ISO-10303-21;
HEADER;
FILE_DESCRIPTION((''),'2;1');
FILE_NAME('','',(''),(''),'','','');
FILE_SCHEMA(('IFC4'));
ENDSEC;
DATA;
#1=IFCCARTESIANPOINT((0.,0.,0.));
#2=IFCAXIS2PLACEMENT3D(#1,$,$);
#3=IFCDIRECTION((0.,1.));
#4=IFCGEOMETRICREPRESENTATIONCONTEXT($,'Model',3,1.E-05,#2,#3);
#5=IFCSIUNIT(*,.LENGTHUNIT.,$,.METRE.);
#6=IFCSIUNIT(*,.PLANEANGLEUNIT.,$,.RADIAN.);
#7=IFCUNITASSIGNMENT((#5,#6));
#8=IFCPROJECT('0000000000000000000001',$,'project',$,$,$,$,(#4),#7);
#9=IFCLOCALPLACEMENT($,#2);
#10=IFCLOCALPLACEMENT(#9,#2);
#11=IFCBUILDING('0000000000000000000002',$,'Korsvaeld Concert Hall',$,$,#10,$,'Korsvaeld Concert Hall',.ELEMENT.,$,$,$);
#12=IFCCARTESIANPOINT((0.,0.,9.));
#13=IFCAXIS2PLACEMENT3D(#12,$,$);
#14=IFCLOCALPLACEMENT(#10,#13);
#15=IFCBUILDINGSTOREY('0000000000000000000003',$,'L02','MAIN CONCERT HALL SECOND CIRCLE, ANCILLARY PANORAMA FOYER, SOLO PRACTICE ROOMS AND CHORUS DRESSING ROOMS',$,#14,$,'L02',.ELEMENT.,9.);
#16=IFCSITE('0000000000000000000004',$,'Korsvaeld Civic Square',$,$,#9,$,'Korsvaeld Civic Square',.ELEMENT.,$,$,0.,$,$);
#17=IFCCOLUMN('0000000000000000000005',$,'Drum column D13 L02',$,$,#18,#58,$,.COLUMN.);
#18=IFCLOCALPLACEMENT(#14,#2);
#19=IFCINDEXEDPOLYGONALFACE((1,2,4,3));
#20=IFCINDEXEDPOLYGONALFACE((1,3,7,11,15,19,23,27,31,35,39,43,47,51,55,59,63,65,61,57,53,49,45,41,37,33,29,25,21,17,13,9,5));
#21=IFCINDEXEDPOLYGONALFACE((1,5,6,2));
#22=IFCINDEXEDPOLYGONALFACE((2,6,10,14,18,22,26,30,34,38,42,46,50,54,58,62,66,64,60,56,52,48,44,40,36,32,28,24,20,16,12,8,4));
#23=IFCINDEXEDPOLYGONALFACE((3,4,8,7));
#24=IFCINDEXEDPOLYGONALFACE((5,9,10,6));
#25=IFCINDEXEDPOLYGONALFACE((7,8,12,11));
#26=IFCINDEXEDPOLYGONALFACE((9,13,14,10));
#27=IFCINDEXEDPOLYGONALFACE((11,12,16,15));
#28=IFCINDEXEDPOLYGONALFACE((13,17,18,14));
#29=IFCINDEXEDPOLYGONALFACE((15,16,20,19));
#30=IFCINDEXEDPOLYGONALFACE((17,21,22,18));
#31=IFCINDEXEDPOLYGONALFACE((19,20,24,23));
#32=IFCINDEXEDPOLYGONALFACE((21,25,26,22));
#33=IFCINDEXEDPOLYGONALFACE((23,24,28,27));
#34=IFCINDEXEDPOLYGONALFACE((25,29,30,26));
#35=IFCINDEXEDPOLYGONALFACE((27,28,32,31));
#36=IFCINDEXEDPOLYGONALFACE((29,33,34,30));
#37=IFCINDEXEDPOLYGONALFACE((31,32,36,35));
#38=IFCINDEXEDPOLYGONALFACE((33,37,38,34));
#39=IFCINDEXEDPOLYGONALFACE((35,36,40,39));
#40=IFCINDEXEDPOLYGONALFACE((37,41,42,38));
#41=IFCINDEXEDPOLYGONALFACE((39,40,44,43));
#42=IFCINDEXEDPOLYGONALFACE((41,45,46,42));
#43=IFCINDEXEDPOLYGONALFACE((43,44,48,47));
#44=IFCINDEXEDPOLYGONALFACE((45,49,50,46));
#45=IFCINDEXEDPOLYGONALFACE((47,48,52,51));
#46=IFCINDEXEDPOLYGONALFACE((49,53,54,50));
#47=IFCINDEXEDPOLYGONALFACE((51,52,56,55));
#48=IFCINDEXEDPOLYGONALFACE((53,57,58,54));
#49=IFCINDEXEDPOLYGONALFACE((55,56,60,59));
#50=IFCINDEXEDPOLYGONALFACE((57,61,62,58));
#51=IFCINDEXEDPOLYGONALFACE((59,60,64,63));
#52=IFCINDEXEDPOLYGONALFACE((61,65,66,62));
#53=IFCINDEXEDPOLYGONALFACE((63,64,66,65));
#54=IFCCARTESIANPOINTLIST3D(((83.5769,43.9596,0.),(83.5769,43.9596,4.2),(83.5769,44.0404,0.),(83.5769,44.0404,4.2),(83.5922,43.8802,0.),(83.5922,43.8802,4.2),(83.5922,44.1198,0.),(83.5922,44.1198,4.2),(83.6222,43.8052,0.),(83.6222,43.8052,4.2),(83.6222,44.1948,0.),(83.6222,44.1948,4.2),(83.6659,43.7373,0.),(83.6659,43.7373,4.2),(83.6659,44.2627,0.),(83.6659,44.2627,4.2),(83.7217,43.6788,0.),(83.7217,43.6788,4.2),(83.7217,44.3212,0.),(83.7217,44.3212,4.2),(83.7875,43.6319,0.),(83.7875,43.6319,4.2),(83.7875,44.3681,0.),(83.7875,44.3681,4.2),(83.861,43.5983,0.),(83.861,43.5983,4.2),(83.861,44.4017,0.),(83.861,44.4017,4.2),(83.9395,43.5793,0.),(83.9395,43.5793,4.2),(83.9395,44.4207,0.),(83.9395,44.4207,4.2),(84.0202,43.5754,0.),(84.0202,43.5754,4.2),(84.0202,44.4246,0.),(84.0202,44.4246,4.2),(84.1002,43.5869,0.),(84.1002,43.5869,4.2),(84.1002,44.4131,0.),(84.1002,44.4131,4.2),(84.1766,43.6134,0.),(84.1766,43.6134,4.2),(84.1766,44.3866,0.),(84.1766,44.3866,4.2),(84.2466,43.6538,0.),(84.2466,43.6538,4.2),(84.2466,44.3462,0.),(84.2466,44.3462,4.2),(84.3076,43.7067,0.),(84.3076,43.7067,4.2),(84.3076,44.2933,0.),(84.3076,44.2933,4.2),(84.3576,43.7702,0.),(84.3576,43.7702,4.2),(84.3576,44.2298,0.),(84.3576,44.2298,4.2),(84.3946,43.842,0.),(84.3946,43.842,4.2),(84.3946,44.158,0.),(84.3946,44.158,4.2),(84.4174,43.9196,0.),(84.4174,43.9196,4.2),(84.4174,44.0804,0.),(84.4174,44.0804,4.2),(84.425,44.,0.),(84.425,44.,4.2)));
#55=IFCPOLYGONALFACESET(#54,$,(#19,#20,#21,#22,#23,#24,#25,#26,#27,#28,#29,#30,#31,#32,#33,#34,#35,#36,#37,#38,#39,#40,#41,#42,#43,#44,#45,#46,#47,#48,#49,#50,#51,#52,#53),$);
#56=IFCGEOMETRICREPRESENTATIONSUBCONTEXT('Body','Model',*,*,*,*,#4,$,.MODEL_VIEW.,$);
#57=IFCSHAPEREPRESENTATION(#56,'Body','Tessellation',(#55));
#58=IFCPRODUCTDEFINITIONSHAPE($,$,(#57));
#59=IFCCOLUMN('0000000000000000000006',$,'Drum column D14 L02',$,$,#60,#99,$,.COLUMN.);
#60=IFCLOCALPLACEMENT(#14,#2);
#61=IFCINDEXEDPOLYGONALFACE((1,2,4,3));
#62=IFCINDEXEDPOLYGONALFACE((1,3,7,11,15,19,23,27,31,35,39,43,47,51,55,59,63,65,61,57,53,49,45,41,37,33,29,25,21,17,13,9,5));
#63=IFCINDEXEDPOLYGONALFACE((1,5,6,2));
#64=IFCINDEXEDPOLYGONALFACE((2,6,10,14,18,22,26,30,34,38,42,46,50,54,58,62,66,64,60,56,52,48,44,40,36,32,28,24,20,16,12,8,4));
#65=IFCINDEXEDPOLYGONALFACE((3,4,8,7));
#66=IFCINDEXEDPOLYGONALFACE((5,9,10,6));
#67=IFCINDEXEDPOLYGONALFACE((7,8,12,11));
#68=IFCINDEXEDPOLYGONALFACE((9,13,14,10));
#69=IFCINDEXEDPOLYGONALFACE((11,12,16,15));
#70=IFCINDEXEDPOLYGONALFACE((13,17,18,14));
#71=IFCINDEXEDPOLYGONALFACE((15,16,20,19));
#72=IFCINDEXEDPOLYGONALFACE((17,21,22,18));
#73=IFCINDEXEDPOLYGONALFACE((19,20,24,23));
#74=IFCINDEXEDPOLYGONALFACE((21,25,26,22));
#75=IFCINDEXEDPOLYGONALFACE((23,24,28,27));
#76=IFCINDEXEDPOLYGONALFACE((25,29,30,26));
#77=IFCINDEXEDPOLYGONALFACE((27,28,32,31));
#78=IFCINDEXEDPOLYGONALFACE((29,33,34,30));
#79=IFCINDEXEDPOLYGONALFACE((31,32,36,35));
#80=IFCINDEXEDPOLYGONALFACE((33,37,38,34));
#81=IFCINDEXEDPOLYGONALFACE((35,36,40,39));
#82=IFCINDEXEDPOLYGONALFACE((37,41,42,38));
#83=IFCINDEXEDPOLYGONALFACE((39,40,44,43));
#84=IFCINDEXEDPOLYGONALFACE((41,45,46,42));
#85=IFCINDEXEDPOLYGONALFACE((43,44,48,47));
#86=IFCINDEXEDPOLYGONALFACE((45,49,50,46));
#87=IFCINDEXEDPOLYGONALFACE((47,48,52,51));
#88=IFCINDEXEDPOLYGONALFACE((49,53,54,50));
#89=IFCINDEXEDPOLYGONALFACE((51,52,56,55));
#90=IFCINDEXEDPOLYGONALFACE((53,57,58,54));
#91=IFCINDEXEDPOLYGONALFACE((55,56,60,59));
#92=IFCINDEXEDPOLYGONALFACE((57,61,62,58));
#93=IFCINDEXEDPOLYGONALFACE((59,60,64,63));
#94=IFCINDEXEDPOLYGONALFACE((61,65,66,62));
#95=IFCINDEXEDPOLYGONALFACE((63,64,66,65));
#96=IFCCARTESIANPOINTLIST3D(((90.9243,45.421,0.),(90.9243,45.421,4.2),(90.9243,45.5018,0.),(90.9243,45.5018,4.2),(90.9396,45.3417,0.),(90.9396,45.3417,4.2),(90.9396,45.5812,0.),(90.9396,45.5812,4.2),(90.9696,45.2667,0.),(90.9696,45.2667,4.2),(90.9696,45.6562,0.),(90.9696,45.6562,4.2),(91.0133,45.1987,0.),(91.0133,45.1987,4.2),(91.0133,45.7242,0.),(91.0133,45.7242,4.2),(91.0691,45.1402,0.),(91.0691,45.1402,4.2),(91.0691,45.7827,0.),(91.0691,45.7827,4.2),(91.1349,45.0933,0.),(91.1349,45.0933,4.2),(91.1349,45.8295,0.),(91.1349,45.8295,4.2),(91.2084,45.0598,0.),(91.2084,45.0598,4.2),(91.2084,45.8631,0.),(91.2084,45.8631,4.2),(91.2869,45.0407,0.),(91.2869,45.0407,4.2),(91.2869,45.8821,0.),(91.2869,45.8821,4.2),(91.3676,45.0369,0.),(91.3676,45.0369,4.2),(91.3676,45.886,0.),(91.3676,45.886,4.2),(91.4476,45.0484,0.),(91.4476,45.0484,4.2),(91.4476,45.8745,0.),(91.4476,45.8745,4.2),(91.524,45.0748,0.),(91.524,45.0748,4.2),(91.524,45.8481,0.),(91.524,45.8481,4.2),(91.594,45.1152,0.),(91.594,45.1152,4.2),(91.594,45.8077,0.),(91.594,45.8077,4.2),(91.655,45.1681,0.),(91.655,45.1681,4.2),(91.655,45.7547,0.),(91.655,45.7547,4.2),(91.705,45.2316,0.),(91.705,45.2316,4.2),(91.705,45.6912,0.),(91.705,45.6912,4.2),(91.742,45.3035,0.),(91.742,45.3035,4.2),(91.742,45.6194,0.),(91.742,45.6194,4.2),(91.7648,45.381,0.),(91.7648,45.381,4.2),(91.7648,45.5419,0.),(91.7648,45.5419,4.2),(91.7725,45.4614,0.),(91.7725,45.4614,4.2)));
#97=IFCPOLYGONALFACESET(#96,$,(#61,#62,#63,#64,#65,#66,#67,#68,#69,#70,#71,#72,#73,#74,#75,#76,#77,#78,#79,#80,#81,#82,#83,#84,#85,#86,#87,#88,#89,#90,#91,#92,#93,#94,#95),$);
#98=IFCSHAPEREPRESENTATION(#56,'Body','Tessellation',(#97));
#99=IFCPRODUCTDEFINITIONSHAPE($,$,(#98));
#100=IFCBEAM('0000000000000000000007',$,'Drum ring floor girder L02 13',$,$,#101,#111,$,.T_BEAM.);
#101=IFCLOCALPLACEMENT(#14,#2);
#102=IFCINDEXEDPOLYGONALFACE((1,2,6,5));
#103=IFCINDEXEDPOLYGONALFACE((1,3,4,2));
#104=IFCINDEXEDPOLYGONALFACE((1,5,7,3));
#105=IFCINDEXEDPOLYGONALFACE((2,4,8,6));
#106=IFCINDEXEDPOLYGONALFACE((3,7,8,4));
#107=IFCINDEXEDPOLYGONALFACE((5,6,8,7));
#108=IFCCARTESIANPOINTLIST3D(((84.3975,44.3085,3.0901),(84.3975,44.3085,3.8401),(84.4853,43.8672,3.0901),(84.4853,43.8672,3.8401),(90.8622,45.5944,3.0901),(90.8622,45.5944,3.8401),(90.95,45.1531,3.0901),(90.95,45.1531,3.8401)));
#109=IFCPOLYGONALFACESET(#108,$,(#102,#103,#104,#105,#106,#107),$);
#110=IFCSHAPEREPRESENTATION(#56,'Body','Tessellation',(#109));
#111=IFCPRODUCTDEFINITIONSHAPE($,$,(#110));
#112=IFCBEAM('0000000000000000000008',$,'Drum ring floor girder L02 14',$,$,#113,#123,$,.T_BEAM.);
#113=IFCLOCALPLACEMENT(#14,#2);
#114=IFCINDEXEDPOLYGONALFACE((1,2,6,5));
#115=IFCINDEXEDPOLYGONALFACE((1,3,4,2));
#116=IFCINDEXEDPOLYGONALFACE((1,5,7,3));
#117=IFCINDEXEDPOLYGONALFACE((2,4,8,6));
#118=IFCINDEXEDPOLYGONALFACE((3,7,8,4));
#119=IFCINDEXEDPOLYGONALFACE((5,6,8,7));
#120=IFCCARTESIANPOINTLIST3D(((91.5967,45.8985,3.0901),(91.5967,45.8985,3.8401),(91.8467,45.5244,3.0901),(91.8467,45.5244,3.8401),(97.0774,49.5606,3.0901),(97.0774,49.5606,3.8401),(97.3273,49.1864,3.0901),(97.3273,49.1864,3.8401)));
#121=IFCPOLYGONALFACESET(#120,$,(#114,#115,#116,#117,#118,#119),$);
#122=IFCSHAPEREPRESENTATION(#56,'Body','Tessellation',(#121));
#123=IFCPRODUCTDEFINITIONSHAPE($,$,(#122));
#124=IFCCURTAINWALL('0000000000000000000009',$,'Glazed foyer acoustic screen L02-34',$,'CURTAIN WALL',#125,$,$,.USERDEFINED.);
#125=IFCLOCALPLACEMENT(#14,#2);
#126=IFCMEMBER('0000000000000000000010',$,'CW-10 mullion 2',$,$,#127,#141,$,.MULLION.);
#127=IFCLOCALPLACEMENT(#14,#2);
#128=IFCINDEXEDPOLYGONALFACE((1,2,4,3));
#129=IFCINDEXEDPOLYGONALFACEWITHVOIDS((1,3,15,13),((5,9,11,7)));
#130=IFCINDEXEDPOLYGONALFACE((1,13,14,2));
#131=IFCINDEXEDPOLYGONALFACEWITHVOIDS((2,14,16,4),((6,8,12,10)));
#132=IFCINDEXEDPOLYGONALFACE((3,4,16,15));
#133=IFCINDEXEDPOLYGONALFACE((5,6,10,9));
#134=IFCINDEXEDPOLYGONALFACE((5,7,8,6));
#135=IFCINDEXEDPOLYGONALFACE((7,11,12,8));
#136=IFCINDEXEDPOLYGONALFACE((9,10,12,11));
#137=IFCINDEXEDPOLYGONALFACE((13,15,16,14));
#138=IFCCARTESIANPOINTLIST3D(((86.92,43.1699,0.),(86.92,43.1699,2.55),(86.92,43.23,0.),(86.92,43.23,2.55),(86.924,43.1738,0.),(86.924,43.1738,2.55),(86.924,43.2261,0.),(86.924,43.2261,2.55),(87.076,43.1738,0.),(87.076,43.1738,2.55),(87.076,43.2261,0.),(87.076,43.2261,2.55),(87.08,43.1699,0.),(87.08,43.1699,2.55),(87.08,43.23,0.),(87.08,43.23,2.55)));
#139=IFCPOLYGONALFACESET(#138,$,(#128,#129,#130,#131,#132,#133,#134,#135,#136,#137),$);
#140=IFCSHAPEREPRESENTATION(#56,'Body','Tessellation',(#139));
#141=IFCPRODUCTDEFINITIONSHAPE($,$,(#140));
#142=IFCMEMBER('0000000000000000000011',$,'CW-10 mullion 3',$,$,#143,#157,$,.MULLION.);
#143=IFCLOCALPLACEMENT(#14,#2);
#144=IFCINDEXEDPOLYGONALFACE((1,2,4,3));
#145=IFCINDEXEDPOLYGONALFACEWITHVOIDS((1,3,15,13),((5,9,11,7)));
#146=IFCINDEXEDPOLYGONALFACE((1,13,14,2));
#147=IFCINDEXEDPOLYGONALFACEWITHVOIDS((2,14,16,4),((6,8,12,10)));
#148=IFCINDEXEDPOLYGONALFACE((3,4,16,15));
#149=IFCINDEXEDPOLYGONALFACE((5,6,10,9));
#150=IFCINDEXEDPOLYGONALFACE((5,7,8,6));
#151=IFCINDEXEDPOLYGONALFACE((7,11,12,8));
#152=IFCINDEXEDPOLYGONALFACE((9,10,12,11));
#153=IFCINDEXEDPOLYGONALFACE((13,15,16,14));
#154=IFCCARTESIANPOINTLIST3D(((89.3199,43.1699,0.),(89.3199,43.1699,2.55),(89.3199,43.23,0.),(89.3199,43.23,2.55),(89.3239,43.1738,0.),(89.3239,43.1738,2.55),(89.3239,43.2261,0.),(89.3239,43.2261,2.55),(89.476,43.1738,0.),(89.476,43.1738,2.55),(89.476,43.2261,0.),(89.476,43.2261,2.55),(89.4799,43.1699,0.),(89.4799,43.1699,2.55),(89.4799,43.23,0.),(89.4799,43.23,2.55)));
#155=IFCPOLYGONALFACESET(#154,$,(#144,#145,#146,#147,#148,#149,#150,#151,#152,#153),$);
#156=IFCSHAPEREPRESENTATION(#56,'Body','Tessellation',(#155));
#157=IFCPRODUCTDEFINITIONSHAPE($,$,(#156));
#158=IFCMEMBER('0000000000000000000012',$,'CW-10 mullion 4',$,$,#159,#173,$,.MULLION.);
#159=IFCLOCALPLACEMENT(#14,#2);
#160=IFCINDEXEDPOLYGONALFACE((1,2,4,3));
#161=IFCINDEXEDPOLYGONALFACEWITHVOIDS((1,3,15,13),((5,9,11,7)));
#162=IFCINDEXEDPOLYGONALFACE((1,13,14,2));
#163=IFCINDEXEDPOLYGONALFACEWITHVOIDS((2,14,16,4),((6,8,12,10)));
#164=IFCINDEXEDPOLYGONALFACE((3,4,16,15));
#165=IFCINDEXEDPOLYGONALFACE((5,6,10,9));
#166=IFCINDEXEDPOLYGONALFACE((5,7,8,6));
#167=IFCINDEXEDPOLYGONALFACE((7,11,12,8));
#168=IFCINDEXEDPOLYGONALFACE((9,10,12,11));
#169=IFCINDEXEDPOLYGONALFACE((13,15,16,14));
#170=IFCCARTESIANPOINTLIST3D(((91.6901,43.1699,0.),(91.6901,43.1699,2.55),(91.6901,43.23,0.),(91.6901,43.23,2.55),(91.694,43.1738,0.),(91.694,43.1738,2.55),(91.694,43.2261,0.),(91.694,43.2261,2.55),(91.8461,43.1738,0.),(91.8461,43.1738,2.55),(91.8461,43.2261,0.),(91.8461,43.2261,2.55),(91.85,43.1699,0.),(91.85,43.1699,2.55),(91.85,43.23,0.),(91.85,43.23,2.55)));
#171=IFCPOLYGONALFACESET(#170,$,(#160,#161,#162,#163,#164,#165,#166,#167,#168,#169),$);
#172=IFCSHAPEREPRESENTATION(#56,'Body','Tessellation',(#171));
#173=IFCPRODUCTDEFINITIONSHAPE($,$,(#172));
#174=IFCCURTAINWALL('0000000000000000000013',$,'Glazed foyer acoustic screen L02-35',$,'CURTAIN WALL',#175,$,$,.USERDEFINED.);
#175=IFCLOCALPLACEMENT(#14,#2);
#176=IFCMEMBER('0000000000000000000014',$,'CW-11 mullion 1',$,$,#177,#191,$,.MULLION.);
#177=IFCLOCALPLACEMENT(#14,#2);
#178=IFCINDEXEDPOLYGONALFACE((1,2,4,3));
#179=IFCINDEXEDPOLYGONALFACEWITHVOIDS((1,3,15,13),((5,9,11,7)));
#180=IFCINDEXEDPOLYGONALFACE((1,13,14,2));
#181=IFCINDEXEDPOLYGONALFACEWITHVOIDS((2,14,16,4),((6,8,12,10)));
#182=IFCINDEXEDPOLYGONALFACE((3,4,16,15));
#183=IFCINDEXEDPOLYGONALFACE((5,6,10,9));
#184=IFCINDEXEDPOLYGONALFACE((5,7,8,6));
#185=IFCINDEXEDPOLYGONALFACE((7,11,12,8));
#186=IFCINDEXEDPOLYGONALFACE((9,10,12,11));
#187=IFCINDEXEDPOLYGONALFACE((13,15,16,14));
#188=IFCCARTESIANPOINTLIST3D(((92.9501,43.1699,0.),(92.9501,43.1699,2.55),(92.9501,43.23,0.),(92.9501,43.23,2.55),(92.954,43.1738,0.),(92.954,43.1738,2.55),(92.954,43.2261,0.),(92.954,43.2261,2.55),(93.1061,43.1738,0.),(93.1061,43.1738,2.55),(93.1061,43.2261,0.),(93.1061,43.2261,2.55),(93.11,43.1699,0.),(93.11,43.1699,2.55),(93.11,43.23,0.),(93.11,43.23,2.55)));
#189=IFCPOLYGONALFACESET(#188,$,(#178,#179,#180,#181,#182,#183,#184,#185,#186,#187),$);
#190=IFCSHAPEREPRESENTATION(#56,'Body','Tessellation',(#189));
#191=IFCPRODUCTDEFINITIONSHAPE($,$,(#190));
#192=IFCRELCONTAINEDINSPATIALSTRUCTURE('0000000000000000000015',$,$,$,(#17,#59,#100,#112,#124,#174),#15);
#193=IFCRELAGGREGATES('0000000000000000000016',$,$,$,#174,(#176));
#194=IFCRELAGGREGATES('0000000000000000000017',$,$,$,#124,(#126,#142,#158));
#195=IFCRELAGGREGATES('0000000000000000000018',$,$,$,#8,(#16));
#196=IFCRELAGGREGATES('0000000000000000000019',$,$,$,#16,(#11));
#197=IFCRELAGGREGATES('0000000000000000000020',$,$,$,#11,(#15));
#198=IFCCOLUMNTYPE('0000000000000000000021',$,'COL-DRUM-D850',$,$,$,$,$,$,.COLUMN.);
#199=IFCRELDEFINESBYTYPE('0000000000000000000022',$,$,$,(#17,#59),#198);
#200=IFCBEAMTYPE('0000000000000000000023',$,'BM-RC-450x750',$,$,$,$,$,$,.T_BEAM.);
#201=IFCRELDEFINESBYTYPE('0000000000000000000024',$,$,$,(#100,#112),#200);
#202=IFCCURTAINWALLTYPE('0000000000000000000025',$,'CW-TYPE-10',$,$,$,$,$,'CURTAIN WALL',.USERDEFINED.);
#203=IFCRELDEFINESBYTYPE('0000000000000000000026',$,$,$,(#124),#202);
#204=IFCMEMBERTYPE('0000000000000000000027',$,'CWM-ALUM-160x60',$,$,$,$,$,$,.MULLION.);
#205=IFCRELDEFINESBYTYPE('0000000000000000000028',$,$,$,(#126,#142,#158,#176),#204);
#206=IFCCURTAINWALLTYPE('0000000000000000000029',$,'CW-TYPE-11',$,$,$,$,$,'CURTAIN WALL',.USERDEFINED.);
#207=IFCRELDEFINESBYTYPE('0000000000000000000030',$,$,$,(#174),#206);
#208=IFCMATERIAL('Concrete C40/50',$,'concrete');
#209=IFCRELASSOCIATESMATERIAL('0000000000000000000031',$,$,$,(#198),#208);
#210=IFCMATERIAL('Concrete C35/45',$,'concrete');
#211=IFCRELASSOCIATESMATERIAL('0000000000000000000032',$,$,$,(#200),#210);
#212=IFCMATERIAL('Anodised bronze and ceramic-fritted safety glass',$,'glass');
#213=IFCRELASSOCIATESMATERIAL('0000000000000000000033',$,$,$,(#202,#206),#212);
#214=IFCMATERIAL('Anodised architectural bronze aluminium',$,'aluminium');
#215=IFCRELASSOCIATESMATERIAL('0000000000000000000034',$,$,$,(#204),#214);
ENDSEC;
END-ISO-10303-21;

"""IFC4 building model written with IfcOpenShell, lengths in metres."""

from ifc_helpers import new_model, si_unit, direction, frame, origin, origin_2d, place, context, subcontext, project, spatial, rectangle, hollow_rectangle, circle, extrude, material, material_profile, profile_set, type_object, element, aggregate, save


model = new_model("IFC4")

# Units and contexts
model_context = context("Model", 3, precision=1e-05, world=origin(), true_north=direction((0.0, 1.0)))
body_context = subcontext(model_context, "Body", "Model", "MODEL_VIEW")
ifc_project = project(units=[si_unit("LENGTHUNIT", "METRE"), si_unit("PLANEANGLEUNIT", "RADIAN")], contexts=[model_context])

# Site, building, storey
site_placement = place(None, origin())
site = spatial("IfcSite", under=ifc_project, at=site_placement, Name="Korsvaeld Civic Square", LongName="Korsvaeld Civic Square", CompositionType="ELEMENT", RefElevation=0.0)
building_placement = place(site_placement, origin())
building = spatial("IfcBuilding", under=site, at=building_placement, Name="Korsvaeld Concert Hall", LongName="Korsvaeld Concert Hall", CompositionType="ELEMENT")
storey_placement = place(building_placement, frame((0.0, 0.0, 9.0)))
storey = spatial("IfcBuildingStorey", under=building, at=storey_placement, Name="L02", Description="MAIN CONCERT HALL SECOND CIRCLE, ANCILLARY PANORAMA FOYER, SOLO PRACTICE ROOMS AND CHORUS DRESSING ROOMS", LongName="L02", CompositionType="ELEMENT", Elevation=9.0)

# Columns
ifc_material_1 = material(Name="Concrete C40/50", Category="concrete")
ifc_material_profile_1 = material_profile(ifc_material_1, circle(Radius=0.425, at=origin_2d()), Name="RC D850")
ifc_profile_set_1 = profile_set([ifc_material_profile_1], Name="Concrete C40/50")
column_type = type_object("IfcColumnType", Name="COL-DRUM-D850", PredefinedType="COLUMN", material=ifc_profile_set_1)
for number, where, z_axis, x_axis, name in (
    (1, (84.0, 44.0, 0.0), (0.0, 0.0, 1.0), (1.0, 0.0, 0.0), "Drum column D13 L02"),
    (2, (91.3474, 45.4614, 0.0), (0.0, 0.0, 1.0), (1.0, 0.0, 0.0), "Drum column D14 L02"),
):
    element("IfcColumn", number, at=place(storey_placement, frame(where, z_axis=z_axis, x_axis=x_axis)), inside=storey, type_object=column_type, Name=name, PredefinedType="COLUMN", context=body_context, shape_type="SweptSolid", body=[
        extrude(circle(Radius=0.425, at=origin_2d()), origin(), (0.0, 0.0, 1.0), 4.2),
    ])

# Beams
ifc_material_2 = material(Name="Concrete C35/45", Category="concrete")
ifc_material_profile_2 = material_profile(ifc_material_2, rectangle(XDim=0.45, YDim=0.75, at=origin_2d()), Name="RC 450x750")
ifc_profile_set_2 = profile_set([ifc_material_profile_2], Name="Concrete C35/45")
beam_type = type_object("IfcBeamType", Name="BM-RC-450x750", PredefinedType="T_BEAM", material=ifc_profile_set_2)
beam_1_placement = place(storey_placement, frame((84.4414, 44.0879, 3.4651), z_axis=(0.980785, 0.19509, 0.0), x_axis=(-0.19509, 0.980785, 0.0)))
element("IfcBeam", 3, at=beam_1_placement, inside=storey, type_object=beam_type, Name="Drum ring floor girder L02 13", PredefinedType="T_BEAM", context=body_context, shape_type="SweptSolid", body=[
    extrude(rectangle(XDim=0.45, YDim=0.75, at=origin_2d()), origin(), (0.0, 0.0, 1.0), 6.5913),
])
beam_2_placement = place(storey_placement, frame((91.7217, 45.7114, 3.4651), z_axis=(0.831469, 0.555572, 0.0), x_axis=(-0.555572, 0.831469, 0.0)))
element("IfcBeam", 4, at=beam_2_placement, inside=storey, type_object=beam_type, Name="Drum ring floor girder L02 14", PredefinedType="T_BEAM", context=body_context, shape_type="SweptSolid", body=[
    extrude(rectangle(XDim=0.45, YDim=0.75, at=origin_2d()), origin(), (0.0, 0.0, 1.0), 6.5916),
])

# Curtain wall, members
ifc_material_3 = material(Name="Anodised bronze and ceramic-fritted safety glass", Category="glass")
curtain_wall_type_1 = type_object("IfcCurtainWallType", Name="CW-TYPE-10", ElementType="CURTAIN WALL", PredefinedType="USERDEFINED", material=ifc_material_3)
curtain_wall_1_placement = place(storey_placement, origin())
curtain_wall_1 = element("IfcCurtainWall", 5, at=curtain_wall_1_placement, inside=storey, type_object=curtain_wall_type_1, Name="Glazed foyer acoustic screen L02-34", ObjectType="CURTAIN WALL", PredefinedType="USERDEFINED")
ifc_material_4 = material(Name="Anodised architectural bronze aluminium", Category="aluminium")
ifc_material_profile_3 = material_profile(ifc_material_4, hollow_rectangle(XDim=0.0601, YDim=0.1599, WallThickness=0.0039, at=origin_2d()), Name="CWM 160x60x4")
ifc_profile_set_3 = profile_set([ifc_material_profile_3], Name="Anodised architectural bronze aluminium")
member_type_1 = type_object("IfcMemberType", Name="CWM-ALUM-160x60", PredefinedType="MULLION", material=ifc_profile_set_3)
member_1_placement = place(storey_placement, frame((87.0, 43.2, 0.0), z_axis=(0.0, 0.0, 1.0), x_axis=(0.0, 1.0, 0.0)))
member_1 = element("IfcMember", 6, at=member_1_placement, type_object=member_type_1, Name="CW-10 mullion 2", PredefinedType="MULLION", context=body_context, shape_type="SweptSolid", body=[
    extrude(hollow_rectangle(XDim=0.0601, YDim=0.1599, WallThickness=0.0039, at=origin_2d()), origin(), (0.0, 0.0, 1.0), 2.55),
])
member_2_placement = place(storey_placement, frame((89.3999, 43.2, 0.0), z_axis=(0.0, 0.0, 1.0), x_axis=(0.0, 1.0, 0.0)))
member_2 = element("IfcMember", 7, at=member_2_placement, type_object=member_type_1, Name="CW-10 mullion 3", PredefinedType="MULLION", context=body_context, shape_type="SweptSolid", body=[
    extrude(hollow_rectangle(XDim=0.0601, YDim=0.1599, WallThickness=0.0039, at=origin_2d()), origin(), (0.0, 0.0, 1.0), 2.55),
])
member_3_placement = place(storey_placement, frame((91.77, 43.2, 0.0), z_axis=(0.0, 0.0, 1.0), x_axis=(0.0, 1.0, 0.0)))
member_3 = element("IfcMember", 8, at=member_3_placement, type_object=member_type_1, Name="CW-10 mullion 4", PredefinedType="MULLION", context=body_context, shape_type="SweptSolid", body=[
    extrude(hollow_rectangle(XDim=0.0601, YDim=0.1599, WallThickness=0.0039, at=origin_2d()), origin(), (0.0, 0.0, 1.0), 2.55),
])

# Curtain wall, member
curtain_wall_type_2 = type_object("IfcCurtainWallType", Name="CW-TYPE-11", ElementType="CURTAIN WALL", PredefinedType="USERDEFINED", material=ifc_material_3)
curtain_wall_2_placement = place(storey_placement, origin())
curtain_wall_2 = element("IfcCurtainWall", 9, at=curtain_wall_2_placement, inside=storey, type_object=curtain_wall_type_2, Name="Glazed foyer acoustic screen L02-35", ObjectType="CURTAIN WALL", PredefinedType="USERDEFINED")
member_4_placement = place(storey_placement, frame((93.03, 43.2, 0.0), z_axis=(0.0, 0.0, 1.0), x_axis=(0.0, 1.0, 0.0)))
member_4 = element("IfcMember", 10, at=member_4_placement, type_object=member_type_1, Name="CW-11 mullion 1", PredefinedType="MULLION", context=body_context, shape_type="SweptSolid", body=[
    extrude(hollow_rectangle(XDim=0.0601, YDim=0.1599, WallThickness=0.0039, at=origin_2d()), origin(), (0.0, 0.0, 1.0), 2.55),
])

aggregate(curtain_wall_2, [member_4])

aggregate(curtain_wall_1, [member_1, member_2, member_3])

save(model, "model.ifc")
